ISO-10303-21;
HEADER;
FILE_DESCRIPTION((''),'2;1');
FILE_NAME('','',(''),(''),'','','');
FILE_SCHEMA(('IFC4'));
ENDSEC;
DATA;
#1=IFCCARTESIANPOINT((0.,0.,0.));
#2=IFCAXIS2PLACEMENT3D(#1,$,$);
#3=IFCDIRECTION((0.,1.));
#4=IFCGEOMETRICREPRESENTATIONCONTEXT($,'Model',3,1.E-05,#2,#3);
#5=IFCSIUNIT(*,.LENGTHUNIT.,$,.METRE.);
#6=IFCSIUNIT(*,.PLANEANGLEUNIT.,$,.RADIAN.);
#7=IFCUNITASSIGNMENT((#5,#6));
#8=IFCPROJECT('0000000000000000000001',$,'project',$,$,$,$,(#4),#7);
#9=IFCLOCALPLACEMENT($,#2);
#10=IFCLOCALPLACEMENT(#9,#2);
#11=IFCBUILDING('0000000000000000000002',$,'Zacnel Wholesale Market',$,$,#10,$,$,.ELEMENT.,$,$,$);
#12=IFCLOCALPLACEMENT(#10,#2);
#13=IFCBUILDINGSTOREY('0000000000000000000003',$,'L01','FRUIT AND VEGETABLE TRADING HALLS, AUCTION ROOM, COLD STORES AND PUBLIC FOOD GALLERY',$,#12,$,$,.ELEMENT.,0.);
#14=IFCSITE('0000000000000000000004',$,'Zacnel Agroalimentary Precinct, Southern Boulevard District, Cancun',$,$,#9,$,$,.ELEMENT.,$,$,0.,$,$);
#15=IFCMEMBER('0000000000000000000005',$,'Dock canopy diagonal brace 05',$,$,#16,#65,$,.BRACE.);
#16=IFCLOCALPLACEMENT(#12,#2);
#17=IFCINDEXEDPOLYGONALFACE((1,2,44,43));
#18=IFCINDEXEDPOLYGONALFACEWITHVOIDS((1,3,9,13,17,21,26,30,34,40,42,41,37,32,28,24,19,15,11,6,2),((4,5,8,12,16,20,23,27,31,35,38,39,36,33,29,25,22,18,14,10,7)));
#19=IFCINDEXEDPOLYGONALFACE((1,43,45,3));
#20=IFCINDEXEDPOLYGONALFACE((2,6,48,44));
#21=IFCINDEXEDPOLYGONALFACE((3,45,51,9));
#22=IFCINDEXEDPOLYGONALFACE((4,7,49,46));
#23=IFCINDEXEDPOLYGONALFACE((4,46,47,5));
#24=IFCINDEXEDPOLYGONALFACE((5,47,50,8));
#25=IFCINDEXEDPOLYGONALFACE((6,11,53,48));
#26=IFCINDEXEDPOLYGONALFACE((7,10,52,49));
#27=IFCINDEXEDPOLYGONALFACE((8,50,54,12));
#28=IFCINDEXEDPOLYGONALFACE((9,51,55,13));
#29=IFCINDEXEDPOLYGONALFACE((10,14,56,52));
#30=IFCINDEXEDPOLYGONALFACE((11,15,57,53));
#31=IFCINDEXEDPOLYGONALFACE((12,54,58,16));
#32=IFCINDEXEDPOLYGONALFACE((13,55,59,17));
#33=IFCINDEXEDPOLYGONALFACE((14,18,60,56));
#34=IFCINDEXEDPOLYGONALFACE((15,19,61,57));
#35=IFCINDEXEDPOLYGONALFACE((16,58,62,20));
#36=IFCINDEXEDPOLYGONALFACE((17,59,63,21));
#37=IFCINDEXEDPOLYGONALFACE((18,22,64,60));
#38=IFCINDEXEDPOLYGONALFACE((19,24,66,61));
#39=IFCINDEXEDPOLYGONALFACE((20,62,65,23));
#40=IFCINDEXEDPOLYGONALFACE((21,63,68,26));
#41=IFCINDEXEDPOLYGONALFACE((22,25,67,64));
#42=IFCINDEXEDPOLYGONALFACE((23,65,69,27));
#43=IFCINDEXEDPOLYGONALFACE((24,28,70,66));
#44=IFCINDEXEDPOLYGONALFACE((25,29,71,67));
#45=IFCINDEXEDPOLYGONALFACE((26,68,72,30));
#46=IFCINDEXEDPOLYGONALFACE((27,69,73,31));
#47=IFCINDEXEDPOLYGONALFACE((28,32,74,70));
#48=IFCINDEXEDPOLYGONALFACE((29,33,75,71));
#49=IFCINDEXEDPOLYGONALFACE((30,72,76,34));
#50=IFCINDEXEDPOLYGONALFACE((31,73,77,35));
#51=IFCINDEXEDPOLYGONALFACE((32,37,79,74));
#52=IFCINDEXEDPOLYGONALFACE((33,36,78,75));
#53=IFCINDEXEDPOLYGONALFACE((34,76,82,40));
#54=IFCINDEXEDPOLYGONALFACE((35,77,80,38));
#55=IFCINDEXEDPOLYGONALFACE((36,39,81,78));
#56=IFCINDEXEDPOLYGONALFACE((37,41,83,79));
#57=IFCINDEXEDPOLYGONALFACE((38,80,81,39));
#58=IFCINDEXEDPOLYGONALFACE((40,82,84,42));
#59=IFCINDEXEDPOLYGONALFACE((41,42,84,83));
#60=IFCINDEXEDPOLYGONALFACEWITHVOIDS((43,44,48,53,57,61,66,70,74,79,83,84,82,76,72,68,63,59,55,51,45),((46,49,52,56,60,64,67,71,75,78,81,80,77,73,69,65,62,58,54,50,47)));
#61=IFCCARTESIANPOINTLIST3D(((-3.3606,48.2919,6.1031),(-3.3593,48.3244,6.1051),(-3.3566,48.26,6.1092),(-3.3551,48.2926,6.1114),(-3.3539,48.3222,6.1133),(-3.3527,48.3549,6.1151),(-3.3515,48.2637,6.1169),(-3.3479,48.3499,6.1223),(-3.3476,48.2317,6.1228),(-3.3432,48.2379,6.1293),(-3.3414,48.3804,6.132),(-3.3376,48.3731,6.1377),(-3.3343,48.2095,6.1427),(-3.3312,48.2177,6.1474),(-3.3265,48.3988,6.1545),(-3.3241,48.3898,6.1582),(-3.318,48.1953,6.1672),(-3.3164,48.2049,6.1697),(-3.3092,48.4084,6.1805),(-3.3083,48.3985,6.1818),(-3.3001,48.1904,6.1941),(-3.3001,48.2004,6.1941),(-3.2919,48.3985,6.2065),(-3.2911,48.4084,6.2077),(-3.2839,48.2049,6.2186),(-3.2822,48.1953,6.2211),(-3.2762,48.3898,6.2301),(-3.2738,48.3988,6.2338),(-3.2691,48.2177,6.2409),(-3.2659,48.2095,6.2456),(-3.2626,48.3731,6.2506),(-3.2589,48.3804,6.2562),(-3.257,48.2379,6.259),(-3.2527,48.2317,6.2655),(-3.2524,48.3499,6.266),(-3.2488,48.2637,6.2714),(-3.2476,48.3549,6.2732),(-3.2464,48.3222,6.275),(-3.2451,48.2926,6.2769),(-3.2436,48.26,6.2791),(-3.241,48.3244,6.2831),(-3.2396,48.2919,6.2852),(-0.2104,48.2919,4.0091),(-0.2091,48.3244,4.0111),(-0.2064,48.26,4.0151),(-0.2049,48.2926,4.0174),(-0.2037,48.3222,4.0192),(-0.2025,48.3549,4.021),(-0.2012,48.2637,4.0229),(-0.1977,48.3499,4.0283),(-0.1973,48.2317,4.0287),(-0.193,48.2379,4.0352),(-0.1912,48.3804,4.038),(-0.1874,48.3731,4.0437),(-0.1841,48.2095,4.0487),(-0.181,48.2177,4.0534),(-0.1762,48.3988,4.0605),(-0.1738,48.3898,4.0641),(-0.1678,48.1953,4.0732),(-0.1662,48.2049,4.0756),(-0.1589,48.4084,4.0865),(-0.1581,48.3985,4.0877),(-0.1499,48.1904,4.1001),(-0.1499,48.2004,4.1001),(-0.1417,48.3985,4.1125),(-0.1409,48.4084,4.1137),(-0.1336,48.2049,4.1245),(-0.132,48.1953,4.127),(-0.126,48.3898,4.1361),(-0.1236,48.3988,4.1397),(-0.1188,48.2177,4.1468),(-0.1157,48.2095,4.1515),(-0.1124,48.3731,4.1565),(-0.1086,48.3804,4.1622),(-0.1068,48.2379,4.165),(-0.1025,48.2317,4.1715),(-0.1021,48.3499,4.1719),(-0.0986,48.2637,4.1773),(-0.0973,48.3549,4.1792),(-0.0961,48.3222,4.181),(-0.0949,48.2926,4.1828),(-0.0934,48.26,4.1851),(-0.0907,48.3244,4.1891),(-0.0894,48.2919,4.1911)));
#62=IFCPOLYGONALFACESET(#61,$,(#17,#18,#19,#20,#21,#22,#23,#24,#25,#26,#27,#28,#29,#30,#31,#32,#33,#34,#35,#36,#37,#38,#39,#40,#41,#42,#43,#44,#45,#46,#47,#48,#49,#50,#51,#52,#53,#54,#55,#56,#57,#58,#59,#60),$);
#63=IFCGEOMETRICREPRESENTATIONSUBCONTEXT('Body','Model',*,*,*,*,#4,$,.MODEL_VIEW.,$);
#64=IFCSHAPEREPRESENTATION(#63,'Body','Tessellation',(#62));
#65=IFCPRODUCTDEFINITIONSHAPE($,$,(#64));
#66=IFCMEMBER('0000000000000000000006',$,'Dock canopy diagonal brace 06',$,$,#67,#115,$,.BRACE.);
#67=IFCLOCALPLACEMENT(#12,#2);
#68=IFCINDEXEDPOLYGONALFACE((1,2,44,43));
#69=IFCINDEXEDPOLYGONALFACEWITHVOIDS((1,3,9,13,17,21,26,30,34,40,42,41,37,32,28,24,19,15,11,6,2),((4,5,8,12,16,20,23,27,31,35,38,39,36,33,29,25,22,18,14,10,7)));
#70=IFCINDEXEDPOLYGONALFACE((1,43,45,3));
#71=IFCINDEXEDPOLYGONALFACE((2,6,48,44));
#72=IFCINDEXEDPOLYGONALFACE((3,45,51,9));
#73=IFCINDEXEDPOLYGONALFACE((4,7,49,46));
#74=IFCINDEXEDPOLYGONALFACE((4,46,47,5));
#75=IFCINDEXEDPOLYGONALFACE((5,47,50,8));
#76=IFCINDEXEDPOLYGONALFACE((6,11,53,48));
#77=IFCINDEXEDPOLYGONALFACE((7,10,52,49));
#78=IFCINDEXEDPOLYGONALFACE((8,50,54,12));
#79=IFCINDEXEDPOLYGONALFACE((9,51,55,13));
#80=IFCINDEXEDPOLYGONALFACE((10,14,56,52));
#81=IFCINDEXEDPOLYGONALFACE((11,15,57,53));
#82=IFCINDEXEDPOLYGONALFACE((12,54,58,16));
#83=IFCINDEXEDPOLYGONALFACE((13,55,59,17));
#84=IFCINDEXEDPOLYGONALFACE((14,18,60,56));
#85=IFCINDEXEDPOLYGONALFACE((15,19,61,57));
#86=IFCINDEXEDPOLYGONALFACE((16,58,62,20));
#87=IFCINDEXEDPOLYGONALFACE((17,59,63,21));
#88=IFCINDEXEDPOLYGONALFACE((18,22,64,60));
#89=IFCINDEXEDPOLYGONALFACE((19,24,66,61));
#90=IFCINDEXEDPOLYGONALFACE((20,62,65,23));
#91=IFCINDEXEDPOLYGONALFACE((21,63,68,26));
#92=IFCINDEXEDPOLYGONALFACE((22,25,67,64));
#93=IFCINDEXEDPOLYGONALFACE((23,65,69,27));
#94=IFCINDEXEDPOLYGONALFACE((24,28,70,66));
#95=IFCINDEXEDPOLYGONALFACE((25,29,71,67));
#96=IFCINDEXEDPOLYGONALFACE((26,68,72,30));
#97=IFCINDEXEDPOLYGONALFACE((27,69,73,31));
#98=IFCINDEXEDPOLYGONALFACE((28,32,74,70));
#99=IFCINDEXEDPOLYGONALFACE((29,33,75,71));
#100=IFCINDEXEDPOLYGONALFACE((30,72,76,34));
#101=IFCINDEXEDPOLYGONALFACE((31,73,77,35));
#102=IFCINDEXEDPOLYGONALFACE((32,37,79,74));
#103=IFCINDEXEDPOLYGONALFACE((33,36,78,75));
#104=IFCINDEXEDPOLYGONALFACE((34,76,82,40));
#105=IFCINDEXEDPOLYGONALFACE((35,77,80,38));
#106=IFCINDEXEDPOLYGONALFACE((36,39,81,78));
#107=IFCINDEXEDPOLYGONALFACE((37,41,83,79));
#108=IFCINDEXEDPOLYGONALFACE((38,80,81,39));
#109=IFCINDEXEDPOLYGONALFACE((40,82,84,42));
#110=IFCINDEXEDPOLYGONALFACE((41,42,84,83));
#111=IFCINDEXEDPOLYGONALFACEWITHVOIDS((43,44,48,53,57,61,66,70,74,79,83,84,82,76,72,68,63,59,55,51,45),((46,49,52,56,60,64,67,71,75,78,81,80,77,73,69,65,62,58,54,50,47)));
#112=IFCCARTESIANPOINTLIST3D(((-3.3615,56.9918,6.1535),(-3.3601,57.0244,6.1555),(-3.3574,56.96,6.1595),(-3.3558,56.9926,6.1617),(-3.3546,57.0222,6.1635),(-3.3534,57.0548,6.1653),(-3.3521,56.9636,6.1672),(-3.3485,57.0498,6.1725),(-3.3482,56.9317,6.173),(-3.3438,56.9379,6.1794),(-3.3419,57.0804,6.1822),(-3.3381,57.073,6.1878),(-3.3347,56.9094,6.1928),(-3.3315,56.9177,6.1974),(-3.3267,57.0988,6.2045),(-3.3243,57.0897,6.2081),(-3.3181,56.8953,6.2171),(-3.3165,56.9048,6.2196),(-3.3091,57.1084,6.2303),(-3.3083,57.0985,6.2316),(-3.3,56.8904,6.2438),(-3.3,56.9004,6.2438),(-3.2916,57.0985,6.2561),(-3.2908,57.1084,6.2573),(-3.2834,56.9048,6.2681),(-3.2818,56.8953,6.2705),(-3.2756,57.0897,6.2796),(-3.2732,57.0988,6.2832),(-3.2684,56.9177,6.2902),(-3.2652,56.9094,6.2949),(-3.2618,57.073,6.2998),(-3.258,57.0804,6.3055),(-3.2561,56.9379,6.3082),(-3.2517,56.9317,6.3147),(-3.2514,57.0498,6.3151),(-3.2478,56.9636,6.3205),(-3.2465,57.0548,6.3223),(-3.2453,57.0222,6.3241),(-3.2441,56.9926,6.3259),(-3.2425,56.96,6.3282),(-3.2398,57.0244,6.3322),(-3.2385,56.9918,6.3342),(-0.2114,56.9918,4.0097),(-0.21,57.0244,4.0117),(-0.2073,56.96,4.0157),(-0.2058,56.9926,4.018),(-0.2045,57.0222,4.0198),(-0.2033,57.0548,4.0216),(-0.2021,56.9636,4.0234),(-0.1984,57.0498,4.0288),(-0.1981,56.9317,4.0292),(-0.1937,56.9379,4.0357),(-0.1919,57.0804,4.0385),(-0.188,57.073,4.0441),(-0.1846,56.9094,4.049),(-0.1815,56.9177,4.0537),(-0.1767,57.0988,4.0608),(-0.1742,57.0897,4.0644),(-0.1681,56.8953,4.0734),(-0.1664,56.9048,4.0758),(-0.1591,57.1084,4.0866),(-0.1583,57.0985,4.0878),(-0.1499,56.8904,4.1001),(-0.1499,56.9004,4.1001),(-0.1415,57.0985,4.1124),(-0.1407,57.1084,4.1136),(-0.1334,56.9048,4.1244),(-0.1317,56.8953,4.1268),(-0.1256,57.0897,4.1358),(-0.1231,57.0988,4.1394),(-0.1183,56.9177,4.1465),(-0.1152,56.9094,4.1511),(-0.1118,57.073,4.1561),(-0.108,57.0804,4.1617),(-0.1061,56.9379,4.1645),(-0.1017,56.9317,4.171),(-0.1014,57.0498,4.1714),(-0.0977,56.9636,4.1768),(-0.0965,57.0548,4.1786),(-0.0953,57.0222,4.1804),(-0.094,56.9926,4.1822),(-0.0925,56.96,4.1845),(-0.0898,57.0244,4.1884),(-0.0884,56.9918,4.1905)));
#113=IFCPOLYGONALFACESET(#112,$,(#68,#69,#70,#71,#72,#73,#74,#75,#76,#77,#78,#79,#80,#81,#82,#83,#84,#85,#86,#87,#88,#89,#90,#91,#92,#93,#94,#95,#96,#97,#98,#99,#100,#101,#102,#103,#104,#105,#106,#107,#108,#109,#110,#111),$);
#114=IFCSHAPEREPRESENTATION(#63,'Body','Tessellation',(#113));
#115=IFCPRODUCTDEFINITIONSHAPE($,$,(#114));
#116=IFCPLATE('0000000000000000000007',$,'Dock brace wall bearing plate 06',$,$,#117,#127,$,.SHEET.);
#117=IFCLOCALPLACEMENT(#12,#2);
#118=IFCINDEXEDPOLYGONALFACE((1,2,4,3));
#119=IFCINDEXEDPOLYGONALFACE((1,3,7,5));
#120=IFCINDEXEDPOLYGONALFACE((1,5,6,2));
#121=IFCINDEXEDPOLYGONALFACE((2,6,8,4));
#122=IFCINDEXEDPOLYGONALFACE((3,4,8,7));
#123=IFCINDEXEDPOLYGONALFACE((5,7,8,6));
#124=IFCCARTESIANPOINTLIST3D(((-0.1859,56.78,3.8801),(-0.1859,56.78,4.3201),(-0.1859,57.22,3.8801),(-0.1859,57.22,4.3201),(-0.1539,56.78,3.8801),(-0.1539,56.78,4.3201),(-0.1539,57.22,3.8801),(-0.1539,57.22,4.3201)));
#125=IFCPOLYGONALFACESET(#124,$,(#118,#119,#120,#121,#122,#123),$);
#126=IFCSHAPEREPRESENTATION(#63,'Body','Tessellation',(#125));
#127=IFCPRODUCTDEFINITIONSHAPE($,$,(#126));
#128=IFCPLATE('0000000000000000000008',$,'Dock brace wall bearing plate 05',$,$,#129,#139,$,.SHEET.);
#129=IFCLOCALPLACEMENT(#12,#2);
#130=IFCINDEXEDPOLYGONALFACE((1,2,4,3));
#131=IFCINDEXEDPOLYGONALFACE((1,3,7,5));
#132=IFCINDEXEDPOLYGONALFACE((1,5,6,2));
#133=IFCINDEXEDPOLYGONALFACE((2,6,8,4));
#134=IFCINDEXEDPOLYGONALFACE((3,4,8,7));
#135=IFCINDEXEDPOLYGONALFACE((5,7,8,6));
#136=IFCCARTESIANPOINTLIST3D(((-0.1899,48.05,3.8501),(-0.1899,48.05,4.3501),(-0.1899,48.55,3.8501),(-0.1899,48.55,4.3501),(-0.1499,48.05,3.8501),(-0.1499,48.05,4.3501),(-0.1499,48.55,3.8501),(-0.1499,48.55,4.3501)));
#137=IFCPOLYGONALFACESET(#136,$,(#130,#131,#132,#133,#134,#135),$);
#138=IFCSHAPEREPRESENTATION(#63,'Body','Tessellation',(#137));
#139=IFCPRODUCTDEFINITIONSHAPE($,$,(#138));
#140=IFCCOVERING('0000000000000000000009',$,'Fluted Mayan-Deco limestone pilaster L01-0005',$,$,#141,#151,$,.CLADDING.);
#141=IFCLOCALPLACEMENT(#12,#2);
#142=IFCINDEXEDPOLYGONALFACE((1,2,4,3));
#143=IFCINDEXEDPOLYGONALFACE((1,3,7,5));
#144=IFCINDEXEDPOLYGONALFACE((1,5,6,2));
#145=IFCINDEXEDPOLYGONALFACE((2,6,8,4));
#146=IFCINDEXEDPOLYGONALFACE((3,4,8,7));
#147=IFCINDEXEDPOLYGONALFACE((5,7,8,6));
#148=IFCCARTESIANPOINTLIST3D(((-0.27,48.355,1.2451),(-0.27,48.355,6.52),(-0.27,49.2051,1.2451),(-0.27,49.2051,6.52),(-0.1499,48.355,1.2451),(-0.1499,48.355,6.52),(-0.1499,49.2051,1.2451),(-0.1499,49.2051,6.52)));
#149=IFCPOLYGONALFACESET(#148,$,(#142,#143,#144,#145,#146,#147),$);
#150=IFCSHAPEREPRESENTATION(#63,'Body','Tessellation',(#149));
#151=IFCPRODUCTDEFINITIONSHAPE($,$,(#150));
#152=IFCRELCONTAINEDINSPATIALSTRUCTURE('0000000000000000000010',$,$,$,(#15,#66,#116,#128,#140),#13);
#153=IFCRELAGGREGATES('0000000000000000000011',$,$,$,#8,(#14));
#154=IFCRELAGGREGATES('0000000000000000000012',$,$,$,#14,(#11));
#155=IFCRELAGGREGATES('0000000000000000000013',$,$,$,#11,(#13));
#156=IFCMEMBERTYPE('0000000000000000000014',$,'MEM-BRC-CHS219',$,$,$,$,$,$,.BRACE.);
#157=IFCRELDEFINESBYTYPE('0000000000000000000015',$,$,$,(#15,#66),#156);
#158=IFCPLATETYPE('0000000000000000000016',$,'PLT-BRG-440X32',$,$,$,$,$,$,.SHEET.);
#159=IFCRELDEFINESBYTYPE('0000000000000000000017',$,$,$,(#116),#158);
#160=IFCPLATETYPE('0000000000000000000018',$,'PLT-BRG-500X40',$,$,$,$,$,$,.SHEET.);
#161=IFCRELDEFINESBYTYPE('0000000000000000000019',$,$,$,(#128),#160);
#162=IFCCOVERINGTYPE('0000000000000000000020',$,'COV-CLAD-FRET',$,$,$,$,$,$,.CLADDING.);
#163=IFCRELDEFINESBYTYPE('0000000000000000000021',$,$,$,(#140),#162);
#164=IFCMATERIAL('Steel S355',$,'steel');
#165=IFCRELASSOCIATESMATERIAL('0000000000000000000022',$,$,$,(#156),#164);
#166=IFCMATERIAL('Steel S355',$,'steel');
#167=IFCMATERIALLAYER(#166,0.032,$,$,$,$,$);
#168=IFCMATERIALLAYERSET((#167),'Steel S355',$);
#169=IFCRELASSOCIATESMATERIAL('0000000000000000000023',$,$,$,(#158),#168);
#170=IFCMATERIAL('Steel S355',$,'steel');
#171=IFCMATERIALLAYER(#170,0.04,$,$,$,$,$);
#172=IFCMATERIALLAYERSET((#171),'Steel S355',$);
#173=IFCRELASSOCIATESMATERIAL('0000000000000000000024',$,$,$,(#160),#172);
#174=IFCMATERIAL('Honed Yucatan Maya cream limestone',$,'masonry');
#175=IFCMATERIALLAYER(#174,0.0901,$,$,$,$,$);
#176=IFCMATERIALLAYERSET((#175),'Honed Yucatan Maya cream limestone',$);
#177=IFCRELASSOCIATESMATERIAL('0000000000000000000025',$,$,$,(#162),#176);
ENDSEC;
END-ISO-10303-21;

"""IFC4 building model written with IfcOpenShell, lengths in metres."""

from ifc_helpers import new_model, si_unit, direction, frame, origin, origin_2d, place, context, subcontext, project, spatial, rectangle, hollow_circle, extrude, material, layer, layer_set, material_profile, profile_set, type_object, element, save


model = new_model("IFC4")

# Units and contexts
model_context = context("Model", 3, precision=1e-05, world=origin(), true_north=direction((0.0, 1.0)))
body_context = subcontext(model_context, "Body", "Model", "MODEL_VIEW")
ifc_project = project(units=[si_unit("LENGTHUNIT", "METRE"), si_unit("PLANEANGLEUNIT", "RADIAN")], contexts=[model_context])

# Site, building, storey
site_placement = place(None, origin())
site = spatial("IfcSite", under=ifc_project, at=site_placement, Name="Zacnel Agroalimentary Precinct, Southern Boulevard District, Cancun", CompositionType="ELEMENT", RefElevation=0.0)
building_placement = place(site_placement, origin())
building = spatial("IfcBuilding", under=site, at=building_placement, Name="Zacnel Wholesale Market", CompositionType="ELEMENT")
storey_placement = place(building_placement, origin())
storey = spatial("IfcBuildingStorey", under=building, at=storey_placement, Name="L01", Description="FRUIT AND VEGETABLE TRADING HALLS, AUCTION ROOM, COLD STORES AND PUBLIC FOOD GALLERY", CompositionType="ELEMENT", Elevation=0.0)

# Members
ifc_material_1 = material(Name="Steel S355", Category="steel")
ifc_material_profile_1 = material_profile(ifc_material_1, hollow_circle(Radius=0.1096, WallThickness=0.01, at=origin_2d()), Name="CHS 219.1x10")
ifc_profile_set_1 = profile_set([ifc_material_profile_1], Name="Steel S355")
member_type = type_object("IfcMemberType", Name="MEM-BRC-CHS219", PredefinedType="BRACE", material=ifc_profile_set_1)
member_1_placement = place(storey_placement, frame((-0.1499, 48.3, 4.1001), z_axis=(-0.832794, 0.0, 0.553583), x_axis=(0.0, -1.0, 0.0)))
element("IfcMember", 1, at=member_1_placement, inside=storey, type_object=member_type, Name="Dock canopy diagonal brace 05", PredefinedType="BRACE", context=body_context, shape_type="SweptSolid", body=[
    extrude(hollow_circle(Radius=0.1096, WallThickness=0.01, at=origin_2d()), origin(), (0.0, 0.0, 1.0), 3.7827),
])
member_2_placement = place(storey_placement, frame((-0.1499, 57.0, 4.1001), z_axis=(-0.826719, 0.0, 0.562615), x_axis=(0.0, -1.0, 0.0)))
element("IfcMember", 2, at=member_2_placement, inside=storey, type_object=member_type, Name="Dock canopy diagonal brace 06", PredefinedType="BRACE", context=body_context, shape_type="SweptSolid", body=[
    extrude(hollow_circle(Radius=0.1096, WallThickness=0.01, at=origin_2d()), origin(), (0.0, 0.0, 1.0), 3.8103),
])

# Plates
ifc_material_2 = material(Name="Steel S355", Category="steel")
ifc_layer_1 = layer(ifc_material_2, 0.032)
ifc_layer_set_1 = layer_set([ifc_layer_1], Name="Steel S355")
plate_type_1 = type_object("IfcPlateType", Name="PLT-BRG-440X32", PredefinedType="SHEET", material=ifc_layer_set_1)
plate_1_placement = place(storey_placement, frame((-0.1699, 57.0, 3.8801), z_axis=(0.0, 0.0, 1.0), x_axis=(1.0, 0.0, 0.0)))
element("IfcPlate", 3, at=plate_1_placement, inside=storey, type_object=plate_type_1, Name="Dock brace wall bearing plate 06", PredefinedType="SHEET", context=body_context, shape_type="SweptSolid", body=[
    extrude(rectangle(XDim=0.032, YDim=0.4399, at=origin_2d()), origin(), (0.0, 0.0, 1.0), 0.4399),
])
ifc_material_3 = material(Name="Steel S355", Category="steel")
ifc_layer_2 = layer(ifc_material_3, 0.04)
ifc_layer_set_2 = layer_set([ifc_layer_2], Name="Steel S355")
plate_type_2 = type_object("IfcPlateType", Name="PLT-BRG-500X40", PredefinedType="SHEET", material=ifc_layer_set_2)
plate_2_placement = place(storey_placement, frame((-0.1699, 48.3, 3.8501), z_axis=(0.0, 0.0, 1.0), x_axis=(1.0, 0.0, 0.0)))
element("IfcPlate", 4, at=plate_2_placement, inside=storey, type_object=plate_type_2, Name="Dock brace wall bearing plate 05", PredefinedType="SHEET", context=body_context, shape_type="SweptSolid", body=[
    extrude(rectangle(XDim=0.04, YDim=0.5, at=origin_2d()), origin(), (0.0, 0.0, 1.0), 0.5),
])

# Covering
ifc_material_4 = material(Name="Honed Yucatan Maya cream limestone", Category="masonry")
ifc_layer_3 = layer(ifc_material_4, 0.0901)
ifc_layer_set_3 = layer_set([ifc_layer_3], Name="Honed Yucatan Maya cream limestone")
covering_type = type_object("IfcCoveringType", Name="COV-CLAD-FRET", PredefinedType="CLADDING", material=ifc_layer_set_3)
covering_placement = place(storey_placement, frame((-0.21, 48.78, 1.2451), z_axis=(0.0, 0.0, 1.0), x_axis=(0.0, 1.0, 0.0)))
element("IfcCovering", 5, at=covering_placement, inside=storey, type_object=covering_type, Name="Fluted Mayan-Deco limestone pilaster L01-0005", PredefinedType="CLADDING", context=body_context, shape_type="SweptSolid", body=[
    extrude(rectangle(XDim=0.8501, YDim=0.1201, at=origin_2d()), origin(), (0.0, 0.0, 1.0), 5.2749),
])

save(model, "model.ifc")
